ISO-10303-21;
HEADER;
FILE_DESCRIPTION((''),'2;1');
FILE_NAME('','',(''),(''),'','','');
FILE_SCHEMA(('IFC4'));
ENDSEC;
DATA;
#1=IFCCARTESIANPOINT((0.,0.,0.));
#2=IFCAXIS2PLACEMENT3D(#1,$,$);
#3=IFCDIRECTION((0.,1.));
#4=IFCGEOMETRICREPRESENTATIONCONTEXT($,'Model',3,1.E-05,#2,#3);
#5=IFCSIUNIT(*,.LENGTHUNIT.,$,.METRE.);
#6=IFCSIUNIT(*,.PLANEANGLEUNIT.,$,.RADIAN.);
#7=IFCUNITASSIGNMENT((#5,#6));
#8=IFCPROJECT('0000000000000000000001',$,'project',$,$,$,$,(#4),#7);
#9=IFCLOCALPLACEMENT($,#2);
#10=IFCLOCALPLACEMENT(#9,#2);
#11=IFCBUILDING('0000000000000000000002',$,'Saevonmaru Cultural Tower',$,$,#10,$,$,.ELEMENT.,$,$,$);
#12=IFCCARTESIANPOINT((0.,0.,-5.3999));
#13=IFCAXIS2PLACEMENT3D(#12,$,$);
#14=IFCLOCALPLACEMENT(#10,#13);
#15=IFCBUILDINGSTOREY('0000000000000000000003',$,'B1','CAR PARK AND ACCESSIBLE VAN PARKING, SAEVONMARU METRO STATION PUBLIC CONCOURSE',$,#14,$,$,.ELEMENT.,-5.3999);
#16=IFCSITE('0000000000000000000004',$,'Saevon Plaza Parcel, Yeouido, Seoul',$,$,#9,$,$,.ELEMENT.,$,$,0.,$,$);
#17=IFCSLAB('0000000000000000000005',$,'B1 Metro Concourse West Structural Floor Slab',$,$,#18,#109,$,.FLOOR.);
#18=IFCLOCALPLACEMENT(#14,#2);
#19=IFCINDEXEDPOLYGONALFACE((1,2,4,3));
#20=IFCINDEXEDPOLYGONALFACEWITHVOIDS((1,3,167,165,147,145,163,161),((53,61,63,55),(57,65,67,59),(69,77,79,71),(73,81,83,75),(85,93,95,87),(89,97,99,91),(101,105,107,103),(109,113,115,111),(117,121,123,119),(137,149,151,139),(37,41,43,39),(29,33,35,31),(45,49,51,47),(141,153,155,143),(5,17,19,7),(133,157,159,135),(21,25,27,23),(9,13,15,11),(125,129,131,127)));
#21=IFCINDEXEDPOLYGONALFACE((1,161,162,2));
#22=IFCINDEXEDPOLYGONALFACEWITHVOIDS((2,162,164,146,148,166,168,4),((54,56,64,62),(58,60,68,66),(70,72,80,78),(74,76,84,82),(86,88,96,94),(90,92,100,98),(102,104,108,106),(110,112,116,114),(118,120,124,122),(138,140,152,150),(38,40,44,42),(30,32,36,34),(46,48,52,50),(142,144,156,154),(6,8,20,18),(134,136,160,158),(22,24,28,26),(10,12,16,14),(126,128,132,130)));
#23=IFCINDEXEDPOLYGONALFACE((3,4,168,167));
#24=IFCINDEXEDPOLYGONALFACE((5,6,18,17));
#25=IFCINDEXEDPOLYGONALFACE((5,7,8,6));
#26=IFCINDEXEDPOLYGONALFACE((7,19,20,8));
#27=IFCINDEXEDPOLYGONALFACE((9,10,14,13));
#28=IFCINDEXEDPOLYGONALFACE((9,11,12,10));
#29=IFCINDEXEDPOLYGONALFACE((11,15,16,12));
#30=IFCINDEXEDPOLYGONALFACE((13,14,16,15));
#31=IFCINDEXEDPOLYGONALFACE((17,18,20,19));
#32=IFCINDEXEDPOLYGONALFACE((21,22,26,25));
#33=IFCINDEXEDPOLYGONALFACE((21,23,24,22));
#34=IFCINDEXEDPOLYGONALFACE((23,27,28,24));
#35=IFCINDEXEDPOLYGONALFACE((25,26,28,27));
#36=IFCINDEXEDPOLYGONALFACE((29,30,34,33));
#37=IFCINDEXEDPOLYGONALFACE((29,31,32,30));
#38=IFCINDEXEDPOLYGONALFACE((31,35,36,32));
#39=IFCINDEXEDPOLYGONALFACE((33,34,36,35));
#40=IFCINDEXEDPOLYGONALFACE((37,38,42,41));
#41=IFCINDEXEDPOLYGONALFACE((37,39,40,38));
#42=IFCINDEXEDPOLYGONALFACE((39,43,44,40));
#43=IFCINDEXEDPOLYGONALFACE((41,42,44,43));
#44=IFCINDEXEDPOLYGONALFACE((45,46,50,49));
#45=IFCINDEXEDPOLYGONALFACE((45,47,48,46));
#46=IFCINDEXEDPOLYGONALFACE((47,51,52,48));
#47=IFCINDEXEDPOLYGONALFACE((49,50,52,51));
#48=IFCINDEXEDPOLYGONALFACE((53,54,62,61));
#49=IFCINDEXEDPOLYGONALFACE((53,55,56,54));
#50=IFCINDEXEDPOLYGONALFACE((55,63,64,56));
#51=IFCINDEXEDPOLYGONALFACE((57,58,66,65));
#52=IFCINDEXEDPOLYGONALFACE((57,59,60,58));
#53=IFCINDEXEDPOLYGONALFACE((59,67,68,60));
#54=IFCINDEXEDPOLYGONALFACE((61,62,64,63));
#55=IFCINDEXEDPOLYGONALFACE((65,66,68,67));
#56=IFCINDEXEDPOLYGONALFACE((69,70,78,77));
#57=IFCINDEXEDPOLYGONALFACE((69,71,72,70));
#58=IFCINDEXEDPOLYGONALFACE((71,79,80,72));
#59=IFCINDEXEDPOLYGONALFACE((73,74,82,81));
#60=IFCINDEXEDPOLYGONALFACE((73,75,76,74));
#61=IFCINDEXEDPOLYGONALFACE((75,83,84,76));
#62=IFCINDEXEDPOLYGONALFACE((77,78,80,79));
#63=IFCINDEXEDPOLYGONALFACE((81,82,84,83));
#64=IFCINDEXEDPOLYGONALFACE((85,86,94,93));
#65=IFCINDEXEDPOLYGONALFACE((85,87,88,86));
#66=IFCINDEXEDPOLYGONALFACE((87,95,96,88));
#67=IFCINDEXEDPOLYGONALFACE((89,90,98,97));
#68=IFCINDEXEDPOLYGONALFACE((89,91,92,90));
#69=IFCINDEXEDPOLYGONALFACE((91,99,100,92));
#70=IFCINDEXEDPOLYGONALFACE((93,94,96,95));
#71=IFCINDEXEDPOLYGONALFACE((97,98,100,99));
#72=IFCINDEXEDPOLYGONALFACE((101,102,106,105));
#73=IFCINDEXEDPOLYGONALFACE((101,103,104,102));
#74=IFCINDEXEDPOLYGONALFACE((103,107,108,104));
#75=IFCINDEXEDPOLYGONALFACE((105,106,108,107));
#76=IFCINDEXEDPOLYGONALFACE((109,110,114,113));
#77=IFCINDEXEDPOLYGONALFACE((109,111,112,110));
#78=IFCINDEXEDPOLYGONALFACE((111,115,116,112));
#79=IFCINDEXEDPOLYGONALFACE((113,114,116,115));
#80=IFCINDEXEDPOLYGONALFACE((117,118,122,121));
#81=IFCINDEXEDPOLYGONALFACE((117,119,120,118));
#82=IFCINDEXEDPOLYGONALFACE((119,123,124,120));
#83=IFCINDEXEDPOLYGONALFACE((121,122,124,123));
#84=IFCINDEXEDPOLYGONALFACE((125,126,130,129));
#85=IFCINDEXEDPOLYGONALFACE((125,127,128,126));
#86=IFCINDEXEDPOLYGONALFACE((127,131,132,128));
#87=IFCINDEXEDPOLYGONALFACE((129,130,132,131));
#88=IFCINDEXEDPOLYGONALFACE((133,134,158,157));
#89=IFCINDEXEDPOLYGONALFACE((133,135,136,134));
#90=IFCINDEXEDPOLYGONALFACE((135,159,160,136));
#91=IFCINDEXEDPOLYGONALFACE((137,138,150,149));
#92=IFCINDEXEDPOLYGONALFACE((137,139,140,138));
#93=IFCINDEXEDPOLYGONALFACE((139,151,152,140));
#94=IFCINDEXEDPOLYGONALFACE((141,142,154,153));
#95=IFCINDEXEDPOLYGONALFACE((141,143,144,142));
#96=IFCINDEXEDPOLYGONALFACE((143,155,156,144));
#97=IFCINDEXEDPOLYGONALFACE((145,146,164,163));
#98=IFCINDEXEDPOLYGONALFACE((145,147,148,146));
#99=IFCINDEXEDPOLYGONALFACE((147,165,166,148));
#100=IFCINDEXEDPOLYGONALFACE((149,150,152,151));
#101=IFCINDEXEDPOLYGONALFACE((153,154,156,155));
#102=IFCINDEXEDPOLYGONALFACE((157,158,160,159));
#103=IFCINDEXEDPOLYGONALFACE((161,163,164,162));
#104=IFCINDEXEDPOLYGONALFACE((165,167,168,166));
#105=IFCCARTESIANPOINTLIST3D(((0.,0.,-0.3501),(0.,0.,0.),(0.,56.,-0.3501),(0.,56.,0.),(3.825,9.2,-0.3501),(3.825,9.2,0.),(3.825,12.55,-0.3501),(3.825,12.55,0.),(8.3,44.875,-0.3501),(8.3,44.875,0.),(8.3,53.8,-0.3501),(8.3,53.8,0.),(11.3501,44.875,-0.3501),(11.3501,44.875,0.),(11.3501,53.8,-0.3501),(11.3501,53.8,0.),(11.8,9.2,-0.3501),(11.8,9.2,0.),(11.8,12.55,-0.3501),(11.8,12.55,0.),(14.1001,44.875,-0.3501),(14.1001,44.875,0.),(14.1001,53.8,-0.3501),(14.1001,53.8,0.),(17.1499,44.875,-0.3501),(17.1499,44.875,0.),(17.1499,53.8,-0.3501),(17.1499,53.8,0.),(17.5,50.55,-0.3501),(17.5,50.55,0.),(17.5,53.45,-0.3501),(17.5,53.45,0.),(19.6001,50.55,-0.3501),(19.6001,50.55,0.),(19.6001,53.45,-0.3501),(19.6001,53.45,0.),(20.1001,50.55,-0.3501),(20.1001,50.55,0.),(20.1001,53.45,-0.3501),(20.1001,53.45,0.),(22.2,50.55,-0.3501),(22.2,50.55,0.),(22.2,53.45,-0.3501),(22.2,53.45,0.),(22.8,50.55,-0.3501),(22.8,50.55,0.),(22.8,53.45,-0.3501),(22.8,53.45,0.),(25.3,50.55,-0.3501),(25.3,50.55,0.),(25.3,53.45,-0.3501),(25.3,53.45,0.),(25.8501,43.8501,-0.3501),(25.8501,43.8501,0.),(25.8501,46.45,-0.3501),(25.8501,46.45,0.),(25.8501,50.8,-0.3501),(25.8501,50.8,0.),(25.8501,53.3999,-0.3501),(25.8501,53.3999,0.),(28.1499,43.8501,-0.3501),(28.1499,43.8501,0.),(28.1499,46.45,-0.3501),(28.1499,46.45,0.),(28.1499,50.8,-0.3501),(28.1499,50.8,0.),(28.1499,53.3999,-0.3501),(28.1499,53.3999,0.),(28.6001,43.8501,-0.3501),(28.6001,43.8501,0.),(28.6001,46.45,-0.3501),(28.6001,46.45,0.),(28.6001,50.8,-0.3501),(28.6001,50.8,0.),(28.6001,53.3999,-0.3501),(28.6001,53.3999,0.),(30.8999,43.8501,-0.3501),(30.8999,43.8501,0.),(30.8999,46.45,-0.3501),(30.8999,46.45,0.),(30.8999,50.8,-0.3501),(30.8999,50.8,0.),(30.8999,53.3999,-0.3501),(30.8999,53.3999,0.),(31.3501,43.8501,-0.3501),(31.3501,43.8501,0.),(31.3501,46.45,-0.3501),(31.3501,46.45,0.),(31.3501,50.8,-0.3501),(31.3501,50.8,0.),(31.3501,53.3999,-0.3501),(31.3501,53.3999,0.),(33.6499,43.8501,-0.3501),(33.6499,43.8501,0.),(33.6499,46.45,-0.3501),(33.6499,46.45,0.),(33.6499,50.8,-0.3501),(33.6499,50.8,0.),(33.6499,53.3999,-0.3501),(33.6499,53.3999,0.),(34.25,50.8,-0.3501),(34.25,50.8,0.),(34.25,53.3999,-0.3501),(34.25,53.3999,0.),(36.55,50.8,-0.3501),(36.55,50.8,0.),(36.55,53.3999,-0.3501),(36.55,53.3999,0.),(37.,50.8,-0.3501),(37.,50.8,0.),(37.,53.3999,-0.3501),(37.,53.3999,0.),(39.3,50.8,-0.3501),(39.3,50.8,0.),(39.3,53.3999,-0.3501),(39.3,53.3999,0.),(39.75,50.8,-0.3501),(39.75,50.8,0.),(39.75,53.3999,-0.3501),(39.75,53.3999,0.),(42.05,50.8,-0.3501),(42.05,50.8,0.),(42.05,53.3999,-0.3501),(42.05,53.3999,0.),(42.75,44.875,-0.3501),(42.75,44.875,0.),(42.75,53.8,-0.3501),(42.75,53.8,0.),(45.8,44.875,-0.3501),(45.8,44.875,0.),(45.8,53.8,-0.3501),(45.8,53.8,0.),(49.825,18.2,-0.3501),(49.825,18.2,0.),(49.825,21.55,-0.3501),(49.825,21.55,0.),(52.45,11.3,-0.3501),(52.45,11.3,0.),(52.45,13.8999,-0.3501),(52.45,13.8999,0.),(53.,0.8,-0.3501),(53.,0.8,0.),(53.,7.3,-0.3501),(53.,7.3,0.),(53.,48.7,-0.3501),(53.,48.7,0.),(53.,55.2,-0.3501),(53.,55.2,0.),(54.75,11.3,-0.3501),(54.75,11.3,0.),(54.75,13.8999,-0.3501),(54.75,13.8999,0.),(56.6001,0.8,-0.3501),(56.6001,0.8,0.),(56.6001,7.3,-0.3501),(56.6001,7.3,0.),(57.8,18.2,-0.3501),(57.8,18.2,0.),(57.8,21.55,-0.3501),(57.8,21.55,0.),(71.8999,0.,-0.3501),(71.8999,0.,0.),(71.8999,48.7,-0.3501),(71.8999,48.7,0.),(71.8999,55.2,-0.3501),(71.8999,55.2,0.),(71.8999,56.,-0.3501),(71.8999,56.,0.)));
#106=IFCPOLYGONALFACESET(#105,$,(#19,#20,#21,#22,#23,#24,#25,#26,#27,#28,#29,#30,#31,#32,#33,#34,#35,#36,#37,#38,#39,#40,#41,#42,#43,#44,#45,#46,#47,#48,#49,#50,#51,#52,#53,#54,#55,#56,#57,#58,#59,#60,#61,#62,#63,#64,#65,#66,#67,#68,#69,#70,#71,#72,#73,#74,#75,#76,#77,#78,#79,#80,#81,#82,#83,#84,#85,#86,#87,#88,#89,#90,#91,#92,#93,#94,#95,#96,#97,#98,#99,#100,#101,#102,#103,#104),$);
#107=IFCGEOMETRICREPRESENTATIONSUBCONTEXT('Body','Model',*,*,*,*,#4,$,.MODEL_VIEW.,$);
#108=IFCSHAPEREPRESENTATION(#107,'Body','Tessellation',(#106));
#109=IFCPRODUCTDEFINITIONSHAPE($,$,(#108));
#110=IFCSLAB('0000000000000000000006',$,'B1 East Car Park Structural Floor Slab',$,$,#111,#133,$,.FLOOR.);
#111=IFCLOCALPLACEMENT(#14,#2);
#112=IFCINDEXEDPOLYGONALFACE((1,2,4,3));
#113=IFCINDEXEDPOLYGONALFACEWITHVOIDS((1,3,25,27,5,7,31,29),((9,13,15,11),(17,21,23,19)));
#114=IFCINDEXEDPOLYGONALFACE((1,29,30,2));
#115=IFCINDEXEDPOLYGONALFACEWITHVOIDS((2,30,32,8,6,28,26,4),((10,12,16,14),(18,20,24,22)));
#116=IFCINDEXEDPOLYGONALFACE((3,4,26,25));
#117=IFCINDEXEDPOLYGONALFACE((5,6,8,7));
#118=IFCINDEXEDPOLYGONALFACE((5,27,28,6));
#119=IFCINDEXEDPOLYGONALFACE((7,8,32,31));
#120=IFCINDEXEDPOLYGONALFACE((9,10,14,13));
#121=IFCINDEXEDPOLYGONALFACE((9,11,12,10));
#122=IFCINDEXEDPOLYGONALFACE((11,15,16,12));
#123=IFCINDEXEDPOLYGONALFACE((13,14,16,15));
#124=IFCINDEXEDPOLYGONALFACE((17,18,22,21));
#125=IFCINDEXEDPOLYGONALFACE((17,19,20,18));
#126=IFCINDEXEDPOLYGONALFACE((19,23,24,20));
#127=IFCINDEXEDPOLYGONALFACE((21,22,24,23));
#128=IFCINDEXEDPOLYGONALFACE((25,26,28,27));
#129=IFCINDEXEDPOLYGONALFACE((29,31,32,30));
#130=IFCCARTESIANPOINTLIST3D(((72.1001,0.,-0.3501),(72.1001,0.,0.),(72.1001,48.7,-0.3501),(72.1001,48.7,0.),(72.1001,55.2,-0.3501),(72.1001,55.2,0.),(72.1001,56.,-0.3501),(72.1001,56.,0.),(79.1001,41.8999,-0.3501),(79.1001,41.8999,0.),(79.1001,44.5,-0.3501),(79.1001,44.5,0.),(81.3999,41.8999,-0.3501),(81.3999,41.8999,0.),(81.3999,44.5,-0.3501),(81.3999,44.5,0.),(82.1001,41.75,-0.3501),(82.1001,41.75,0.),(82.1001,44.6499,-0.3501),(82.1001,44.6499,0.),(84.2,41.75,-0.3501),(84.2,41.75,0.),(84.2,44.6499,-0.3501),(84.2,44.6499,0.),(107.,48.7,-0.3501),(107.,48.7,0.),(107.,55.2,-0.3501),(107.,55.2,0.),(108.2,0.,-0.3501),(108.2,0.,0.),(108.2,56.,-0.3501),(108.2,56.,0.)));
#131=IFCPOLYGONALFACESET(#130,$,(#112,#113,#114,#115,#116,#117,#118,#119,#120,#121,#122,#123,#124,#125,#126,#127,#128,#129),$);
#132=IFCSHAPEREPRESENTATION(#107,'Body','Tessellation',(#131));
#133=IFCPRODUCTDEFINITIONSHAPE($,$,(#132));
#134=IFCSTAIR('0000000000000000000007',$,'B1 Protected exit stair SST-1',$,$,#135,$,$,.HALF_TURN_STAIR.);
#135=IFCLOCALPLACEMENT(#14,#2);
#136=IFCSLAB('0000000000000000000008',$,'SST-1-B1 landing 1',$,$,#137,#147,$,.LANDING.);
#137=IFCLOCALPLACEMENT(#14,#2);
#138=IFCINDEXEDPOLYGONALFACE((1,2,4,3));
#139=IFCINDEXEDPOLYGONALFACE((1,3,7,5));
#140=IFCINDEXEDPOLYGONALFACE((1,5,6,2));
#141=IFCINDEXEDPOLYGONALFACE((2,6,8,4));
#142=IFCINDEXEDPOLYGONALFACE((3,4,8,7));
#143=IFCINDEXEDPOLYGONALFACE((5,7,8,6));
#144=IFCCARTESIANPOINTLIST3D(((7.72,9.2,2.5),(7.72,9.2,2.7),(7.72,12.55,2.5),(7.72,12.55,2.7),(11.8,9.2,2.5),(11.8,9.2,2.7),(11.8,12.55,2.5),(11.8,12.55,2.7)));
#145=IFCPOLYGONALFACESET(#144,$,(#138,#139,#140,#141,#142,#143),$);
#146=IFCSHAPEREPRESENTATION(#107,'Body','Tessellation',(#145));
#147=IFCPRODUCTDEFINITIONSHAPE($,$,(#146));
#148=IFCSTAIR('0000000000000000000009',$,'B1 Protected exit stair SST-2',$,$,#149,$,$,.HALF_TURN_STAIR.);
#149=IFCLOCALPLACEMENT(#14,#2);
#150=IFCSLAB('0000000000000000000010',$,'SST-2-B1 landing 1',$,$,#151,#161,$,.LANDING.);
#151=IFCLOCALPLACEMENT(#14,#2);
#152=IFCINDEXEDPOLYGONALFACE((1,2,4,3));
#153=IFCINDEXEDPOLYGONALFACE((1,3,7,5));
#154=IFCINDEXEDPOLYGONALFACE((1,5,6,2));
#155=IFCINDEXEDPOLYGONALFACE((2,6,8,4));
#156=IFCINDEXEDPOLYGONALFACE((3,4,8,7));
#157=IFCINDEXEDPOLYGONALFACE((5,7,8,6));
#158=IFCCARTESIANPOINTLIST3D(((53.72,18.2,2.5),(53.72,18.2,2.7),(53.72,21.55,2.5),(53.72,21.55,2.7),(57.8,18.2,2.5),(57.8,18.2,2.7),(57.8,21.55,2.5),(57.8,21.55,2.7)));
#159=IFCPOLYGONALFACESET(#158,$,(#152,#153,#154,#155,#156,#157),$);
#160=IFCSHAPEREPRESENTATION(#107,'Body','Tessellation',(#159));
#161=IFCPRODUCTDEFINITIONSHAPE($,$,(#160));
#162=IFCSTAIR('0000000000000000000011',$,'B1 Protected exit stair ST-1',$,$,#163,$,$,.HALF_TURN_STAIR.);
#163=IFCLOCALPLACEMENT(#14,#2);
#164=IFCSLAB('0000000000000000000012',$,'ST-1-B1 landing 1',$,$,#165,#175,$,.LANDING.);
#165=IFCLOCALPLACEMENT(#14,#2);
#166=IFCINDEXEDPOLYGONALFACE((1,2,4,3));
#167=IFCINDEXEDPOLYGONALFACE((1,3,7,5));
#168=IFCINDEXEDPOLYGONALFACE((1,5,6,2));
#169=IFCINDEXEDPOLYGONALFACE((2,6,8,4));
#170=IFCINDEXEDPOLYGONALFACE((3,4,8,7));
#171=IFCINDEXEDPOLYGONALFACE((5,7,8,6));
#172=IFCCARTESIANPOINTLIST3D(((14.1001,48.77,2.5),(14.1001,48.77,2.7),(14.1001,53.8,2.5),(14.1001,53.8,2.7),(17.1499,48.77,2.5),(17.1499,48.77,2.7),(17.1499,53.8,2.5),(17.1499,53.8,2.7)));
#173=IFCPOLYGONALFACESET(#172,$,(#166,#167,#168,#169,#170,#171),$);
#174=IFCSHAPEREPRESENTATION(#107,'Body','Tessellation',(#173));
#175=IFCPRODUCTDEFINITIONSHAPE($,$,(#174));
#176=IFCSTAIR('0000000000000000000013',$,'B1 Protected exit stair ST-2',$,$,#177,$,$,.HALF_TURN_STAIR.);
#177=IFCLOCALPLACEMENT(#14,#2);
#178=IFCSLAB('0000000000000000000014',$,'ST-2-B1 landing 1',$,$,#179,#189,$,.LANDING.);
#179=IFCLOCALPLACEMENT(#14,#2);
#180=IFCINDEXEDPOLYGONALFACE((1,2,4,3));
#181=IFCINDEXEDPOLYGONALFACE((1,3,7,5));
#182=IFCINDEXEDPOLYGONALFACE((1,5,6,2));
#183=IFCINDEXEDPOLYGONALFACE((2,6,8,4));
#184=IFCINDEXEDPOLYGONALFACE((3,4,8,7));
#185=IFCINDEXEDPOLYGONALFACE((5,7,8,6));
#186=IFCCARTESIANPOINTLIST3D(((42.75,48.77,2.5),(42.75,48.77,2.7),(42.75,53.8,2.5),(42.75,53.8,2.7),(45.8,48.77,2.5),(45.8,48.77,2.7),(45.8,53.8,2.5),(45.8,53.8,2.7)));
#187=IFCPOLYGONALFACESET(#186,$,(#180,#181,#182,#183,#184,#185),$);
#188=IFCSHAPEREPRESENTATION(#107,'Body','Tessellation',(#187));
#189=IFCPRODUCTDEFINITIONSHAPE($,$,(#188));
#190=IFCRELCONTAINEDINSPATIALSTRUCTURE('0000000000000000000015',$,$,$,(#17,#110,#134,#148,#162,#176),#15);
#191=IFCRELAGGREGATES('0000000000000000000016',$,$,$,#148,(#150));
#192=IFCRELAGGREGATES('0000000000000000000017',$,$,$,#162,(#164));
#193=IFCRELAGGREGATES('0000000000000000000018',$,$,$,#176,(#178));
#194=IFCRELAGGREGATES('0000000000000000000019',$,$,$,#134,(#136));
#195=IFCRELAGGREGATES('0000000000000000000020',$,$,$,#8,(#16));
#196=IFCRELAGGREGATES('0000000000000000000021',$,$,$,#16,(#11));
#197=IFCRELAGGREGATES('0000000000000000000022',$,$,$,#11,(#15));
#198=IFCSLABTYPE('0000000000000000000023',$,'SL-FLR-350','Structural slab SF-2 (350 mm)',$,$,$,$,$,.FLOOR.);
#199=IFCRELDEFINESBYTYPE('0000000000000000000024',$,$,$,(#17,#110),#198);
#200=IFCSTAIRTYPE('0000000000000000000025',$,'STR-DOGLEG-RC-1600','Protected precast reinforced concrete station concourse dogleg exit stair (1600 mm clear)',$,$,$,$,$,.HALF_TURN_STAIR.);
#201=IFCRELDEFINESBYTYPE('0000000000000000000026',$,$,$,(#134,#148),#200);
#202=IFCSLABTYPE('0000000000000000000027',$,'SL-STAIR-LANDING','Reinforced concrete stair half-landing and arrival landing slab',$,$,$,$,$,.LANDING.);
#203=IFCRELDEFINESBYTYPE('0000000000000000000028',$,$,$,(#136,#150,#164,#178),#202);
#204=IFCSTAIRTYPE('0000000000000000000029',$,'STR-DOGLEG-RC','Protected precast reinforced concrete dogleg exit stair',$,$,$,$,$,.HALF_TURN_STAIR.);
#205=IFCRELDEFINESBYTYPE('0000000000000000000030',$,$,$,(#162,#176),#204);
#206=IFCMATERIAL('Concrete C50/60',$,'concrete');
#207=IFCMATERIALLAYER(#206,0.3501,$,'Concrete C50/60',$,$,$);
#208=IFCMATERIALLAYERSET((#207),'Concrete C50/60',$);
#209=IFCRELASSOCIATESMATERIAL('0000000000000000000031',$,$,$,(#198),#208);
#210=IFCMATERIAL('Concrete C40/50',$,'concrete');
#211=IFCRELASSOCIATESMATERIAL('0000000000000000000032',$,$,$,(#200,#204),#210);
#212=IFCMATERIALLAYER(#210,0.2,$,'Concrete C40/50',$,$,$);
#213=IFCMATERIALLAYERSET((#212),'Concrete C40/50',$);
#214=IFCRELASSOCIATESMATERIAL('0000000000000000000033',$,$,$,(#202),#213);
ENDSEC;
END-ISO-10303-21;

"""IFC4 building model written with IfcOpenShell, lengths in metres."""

from ifc_helpers import new_model, si_unit, direction, frame, origin, place, context, subcontext, project, spatial, polyline, outline, extrude, material, layer, layer_set, type_object, element, aggregate, save


model = new_model("IFC4")

# Units and contexts
model_context = context("Model", 3, precision=1e-05, world=origin(), true_north=direction((0.0, 1.0)))
body_context = subcontext(model_context, "Body", "Model", "MODEL_VIEW")
ifc_project = project(units=[si_unit("LENGTHUNIT", "METRE"), si_unit("PLANEANGLEUNIT", "RADIAN")], contexts=[model_context])

# Site, building, storey
site_placement = place(None, origin())
site = spatial("IfcSite", under=ifc_project, at=site_placement, Name="Saevon Plaza Parcel, Yeouido, Seoul", CompositionType="ELEMENT", RefElevation=0.0)
building_placement = place(site_placement, origin())
building = spatial("IfcBuilding", under=site, at=building_placement, Name="Saevonmaru Cultural Tower", CompositionType="ELEMENT")
storey_placement = place(building_placement, frame((0.0, 0.0, -5.3999)))
storey = spatial("IfcBuildingStorey", under=building, at=storey_placement, Name="B1", Description="CAR PARK AND ACCESSIBLE VAN PARKING, SAEVONMARU METRO STATION PUBLIC CONCOURSE", CompositionType="ELEMENT", Elevation=-5.3999)

# Shared definitions
ifc_material_1 = material(Name="Concrete C50/60", Category="concrete")

# Slabs
ifc_layer_1 = layer(ifc_material_1, 0.3501, Name="Concrete C50/60")
ifc_layer_set_1 = layer_set([ifc_layer_1], Name="Concrete C50/60")
slab_type_1 = type_object("IfcSlabType", Name="SL-FLR-350", Description="Structural slab SF-2 (350 mm)", PredefinedType="FLOOR", material=ifc_layer_set_1)
slab_1_placement = place(storey_placement, frame((0.0, 0.0, -0.3501)))
element("IfcSlab", 1, at=slab_1_placement, inside=storey, type_object=slab_type_1, Name="B1 Metro Concourse West Structural Floor Slab", PredefinedType="FLOOR", context=body_context, shape_type="SweptSolid", body=[
    extrude(outline(polyline([(71.8999, 48.7), (53.0, 48.7), (53.0, 55.2), (71.8999, 55.2), (71.8999, 56.0), (0.0, 56.0), (0.0, 0.0), (71.8999, 0.0), (71.8999, 48.7)]), holes=[polyline([(49.825, 18.2), (49.825, 21.55), (57.8, 21.55), (57.8, 18.2), (49.825, 18.2)]), polyline([(53.0, 0.8), (53.0, 7.3), (56.6001, 7.3), (56.6001, 0.8), (53.0, 0.8)]), polyline([(52.45, 11.3), (52.45, 13.8999), (54.75, 13.8999), (54.75, 11.3), (52.45, 11.3)]), polyline([(42.75, 44.875), (42.75, 53.8), (45.8, 53.8), (45.8, 44.875), (42.75, 44.875)]), polyline([(39.75, 53.3999), (42.05, 53.3999), (42.05, 50.8), (39.75, 50.8), (39.75, 53.3999)]), polyline([(37.0, 53.3999), (39.3, 53.3999), (39.3, 50.8), (37.0, 50.8), (37.0, 53.3999)]), polyline([(34.25, 50.8), (34.25, 53.3999), (36.55, 53.3999), (36.55, 50.8), (34.25, 50.8)]), polyline([(31.3501, 53.3999), (33.6499, 53.3999), (33.6499, 50.8), (31.3501, 50.8), (31.3501, 53.3999)]), polyline([(31.3501, 43.8501), (31.3501, 46.45), (33.6499, 46.45), (33.6499, 43.8501), (31.3501, 43.8501)]), polyline([(28.6001, 43.8501), (28.6001, 46.45), (30.8999, 46.45), (30.8999, 43.8501), (28.6001, 43.8501)]), polyline([(28.6001, 53.3999), (30.8999, 53.3999), (30.8999, 50.8), (28.6001, 50.8), (28.6001, 53.3999)]), polyline([(25.8501, 50.8), (25.8501, 53.3999), (28.1499, 53.3999), (28.1499, 50.8), (25.8501, 50.8)]), polyline([(25.8501, 43.8501), (25.8501, 46.45), (28.1499, 46.45), (28.1499, 43.8501), (25.8501, 43.8501)]), polyline([(22.8, 53.45), (25.3, 53.45), (25.3, 50.55), (22.8, 50.55), (22.8, 53.45)]), polyline([(20.1001, 53.45), (22.2, 53.45), (22.2, 50.55), (20.1001, 50.55), (20.1001, 53.45)]), polyline([(17.5, 50.55), (17.5, 53.45), (19.6001, 53.45), (19.6001, 50.55), (17.5, 50.55)]), polyline([(14.1001, 44.875), (14.1001, 53.8), (17.1499, 53.8), (17.1499, 44.875), (14.1001, 44.875)]), polyline([(3.825, 9.2), (3.825, 12.55), (11.8, 12.55), (11.8, 9.2), (3.825, 9.2)]), polyline([(8.3, 44.875), (8.3, 53.8), (11.3501, 53.8), (11.3501, 44.875), (8.3, 44.875)])]), origin(), (0.0, 0.0, 1.0), 0.3501),
])
slab_2_placement = place(storey_placement, frame((0.0, 0.0, -0.3501)))
element("IfcSlab", 2, at=slab_2_placement, inside=storey, type_object=slab_type_1, Name="B1 East Car Park Structural Floor Slab", PredefinedType="FLOOR", context=body_context, shape_type="SweptSolid", body=[
    extrude(outline(polyline([(72.1001, 55.2), (107.0, 55.2), (107.0, 48.7), (72.1001, 48.7), (72.1001, 0.0), (108.2, 0.0), (108.2, 56.0), (72.1001, 56.0), (72.1001, 55.2)]), holes=[polyline([(82.1001, 44.6499), (84.2, 44.6499), (84.2, 41.75), (82.1001, 41.75), (82.1001, 44.6499)]), polyline([(79.1001, 44.5), (81.3999, 44.5), (81.3999, 41.8999), (79.1001, 41.8999), (79.1001, 44.5)])]), origin(), (0.0, 0.0, 1.0), 0.3501),
])

# Stairs, slabs
ifc_material_2 = material(Name="Concrete C40/50", Category="concrete")
stair_type_1 = type_object("IfcStairType", Name="STR-DOGLEG-RC-1600", Description="Protected precast reinforced concrete station concourse dogleg exit stair (1600 mm clear)", PredefinedType="HALF_TURN_STAIR", material=ifc_material_2)
stair_1_placement = place(storey_placement, origin())
stair_1 = element("IfcStair", 3, at=stair_1_placement, inside=storey, type_object=stair_type_1, Name="B1 Protected exit stair SST-1", PredefinedType="HALF_TURN_STAIR")
ifc_layer_2 = layer(ifc_material_2, 0.2, Name="Concrete C40/50")
ifc_layer_set_2 = layer_set([ifc_layer_2], Name="Concrete C40/50")
slab_type_2 = type_object("IfcSlabType", Name="SL-STAIR-LANDING", Description="Reinforced concrete stair half-landing and arrival landing slab", PredefinedType="LANDING", material=ifc_layer_set_2)
slab_3_placement = place(storey_placement, frame((0.0, 0.0, 2.5)))
slab_3 = element("IfcSlab", 4, at=slab_3_placement, type_object=slab_type_2, Name="SST-1-B1 landing 1", PredefinedType="LANDING", context=body_context, shape_type="SweptSolid", body=[
    extrude(outline(polyline([(7.72, 9.2), (11.8, 9.2), (11.8, 12.55), (7.72, 12.55), (7.72, 9.2)])), origin(), (0.0, 0.0, 1.0), 0.2),
])
stair_2_placement = place(storey_placement, origin())
stair_2 = element("IfcStair", 5, at=stair_2_placement, inside=storey, type_object=stair_type_1, Name="B1 Protected exit stair SST-2", PredefinedType="HALF_TURN_STAIR")
slab_4_placement = place(storey_placement, frame((0.0, 0.0, 2.5)))
slab_4 = element("IfcSlab", 6, at=slab_4_placement, type_object=slab_type_2, Name="SST-2-B1 landing 1", PredefinedType="LANDING", context=body_context, shape_type="SweptSolid", body=[
    extrude(outline(polyline([(53.72, 18.2), (57.8, 18.2), (57.8, 21.55), (53.72, 21.55), (53.72, 18.2)])), origin(), (0.0, 0.0, 1.0), 0.2),
])
aggregate(stair_2, [slab_4])
stair_type_2 = type_object("IfcStairType", Name="STR-DOGLEG-RC", Description="Protected precast reinforced concrete dogleg exit stair", PredefinedType="HALF_TURN_STAIR", material=ifc_material_2)
stair_3_placement = place(storey_placement, origin())
stair_3 = element("IfcStair", 7, at=stair_3_placement, inside=storey, type_object=stair_type_2, Name="B1 Protected exit stair ST-1", PredefinedType="HALF_TURN_STAIR")
slab_5_placement = place(storey_placement, frame((0.0, 0.0, 2.5)))
slab_5 = element("IfcSlab", 8, at=slab_5_placement, type_object=slab_type_2, Name="ST-1-B1 landing 1", PredefinedType="LANDING", context=body_context, shape_type="SweptSolid", body=[
    extrude(outline(polyline([(17.1499, 48.77), (17.1499, 53.8), (14.1001, 53.8), (14.1001, 48.77), (17.1499, 48.77)])), origin(), (0.0, 0.0, 1.0), 0.2),
])
aggregate(stair_3, [slab_5])
stair_4_placement = place(storey_placement, origin())
stair_4 = element("IfcStair", 9, at=stair_4_placement, inside=storey, type_object=stair_type_2, Name="B1 Protected exit stair ST-2", PredefinedType="HALF_TURN_STAIR")
slab_6_placement = place(storey_placement, frame((0.0, 0.0, 2.5)))
slab_6 = element("IfcSlab", 10, at=slab_6_placement, type_object=slab_type_2, Name="ST-2-B1 landing 1", PredefinedType="LANDING", context=body_context, shape_type="SweptSolid", body=[
    extrude(outline(polyline([(45.8, 48.77), (45.8, 53.8), (42.75, 53.8), (42.75, 48.77), (45.8, 48.77)])), origin(), (0.0, 0.0, 1.0), 0.2),
])
aggregate(stair_4, [slab_6])

aggregate(stair_1, [slab_3])

save(model, "model.ifc")
